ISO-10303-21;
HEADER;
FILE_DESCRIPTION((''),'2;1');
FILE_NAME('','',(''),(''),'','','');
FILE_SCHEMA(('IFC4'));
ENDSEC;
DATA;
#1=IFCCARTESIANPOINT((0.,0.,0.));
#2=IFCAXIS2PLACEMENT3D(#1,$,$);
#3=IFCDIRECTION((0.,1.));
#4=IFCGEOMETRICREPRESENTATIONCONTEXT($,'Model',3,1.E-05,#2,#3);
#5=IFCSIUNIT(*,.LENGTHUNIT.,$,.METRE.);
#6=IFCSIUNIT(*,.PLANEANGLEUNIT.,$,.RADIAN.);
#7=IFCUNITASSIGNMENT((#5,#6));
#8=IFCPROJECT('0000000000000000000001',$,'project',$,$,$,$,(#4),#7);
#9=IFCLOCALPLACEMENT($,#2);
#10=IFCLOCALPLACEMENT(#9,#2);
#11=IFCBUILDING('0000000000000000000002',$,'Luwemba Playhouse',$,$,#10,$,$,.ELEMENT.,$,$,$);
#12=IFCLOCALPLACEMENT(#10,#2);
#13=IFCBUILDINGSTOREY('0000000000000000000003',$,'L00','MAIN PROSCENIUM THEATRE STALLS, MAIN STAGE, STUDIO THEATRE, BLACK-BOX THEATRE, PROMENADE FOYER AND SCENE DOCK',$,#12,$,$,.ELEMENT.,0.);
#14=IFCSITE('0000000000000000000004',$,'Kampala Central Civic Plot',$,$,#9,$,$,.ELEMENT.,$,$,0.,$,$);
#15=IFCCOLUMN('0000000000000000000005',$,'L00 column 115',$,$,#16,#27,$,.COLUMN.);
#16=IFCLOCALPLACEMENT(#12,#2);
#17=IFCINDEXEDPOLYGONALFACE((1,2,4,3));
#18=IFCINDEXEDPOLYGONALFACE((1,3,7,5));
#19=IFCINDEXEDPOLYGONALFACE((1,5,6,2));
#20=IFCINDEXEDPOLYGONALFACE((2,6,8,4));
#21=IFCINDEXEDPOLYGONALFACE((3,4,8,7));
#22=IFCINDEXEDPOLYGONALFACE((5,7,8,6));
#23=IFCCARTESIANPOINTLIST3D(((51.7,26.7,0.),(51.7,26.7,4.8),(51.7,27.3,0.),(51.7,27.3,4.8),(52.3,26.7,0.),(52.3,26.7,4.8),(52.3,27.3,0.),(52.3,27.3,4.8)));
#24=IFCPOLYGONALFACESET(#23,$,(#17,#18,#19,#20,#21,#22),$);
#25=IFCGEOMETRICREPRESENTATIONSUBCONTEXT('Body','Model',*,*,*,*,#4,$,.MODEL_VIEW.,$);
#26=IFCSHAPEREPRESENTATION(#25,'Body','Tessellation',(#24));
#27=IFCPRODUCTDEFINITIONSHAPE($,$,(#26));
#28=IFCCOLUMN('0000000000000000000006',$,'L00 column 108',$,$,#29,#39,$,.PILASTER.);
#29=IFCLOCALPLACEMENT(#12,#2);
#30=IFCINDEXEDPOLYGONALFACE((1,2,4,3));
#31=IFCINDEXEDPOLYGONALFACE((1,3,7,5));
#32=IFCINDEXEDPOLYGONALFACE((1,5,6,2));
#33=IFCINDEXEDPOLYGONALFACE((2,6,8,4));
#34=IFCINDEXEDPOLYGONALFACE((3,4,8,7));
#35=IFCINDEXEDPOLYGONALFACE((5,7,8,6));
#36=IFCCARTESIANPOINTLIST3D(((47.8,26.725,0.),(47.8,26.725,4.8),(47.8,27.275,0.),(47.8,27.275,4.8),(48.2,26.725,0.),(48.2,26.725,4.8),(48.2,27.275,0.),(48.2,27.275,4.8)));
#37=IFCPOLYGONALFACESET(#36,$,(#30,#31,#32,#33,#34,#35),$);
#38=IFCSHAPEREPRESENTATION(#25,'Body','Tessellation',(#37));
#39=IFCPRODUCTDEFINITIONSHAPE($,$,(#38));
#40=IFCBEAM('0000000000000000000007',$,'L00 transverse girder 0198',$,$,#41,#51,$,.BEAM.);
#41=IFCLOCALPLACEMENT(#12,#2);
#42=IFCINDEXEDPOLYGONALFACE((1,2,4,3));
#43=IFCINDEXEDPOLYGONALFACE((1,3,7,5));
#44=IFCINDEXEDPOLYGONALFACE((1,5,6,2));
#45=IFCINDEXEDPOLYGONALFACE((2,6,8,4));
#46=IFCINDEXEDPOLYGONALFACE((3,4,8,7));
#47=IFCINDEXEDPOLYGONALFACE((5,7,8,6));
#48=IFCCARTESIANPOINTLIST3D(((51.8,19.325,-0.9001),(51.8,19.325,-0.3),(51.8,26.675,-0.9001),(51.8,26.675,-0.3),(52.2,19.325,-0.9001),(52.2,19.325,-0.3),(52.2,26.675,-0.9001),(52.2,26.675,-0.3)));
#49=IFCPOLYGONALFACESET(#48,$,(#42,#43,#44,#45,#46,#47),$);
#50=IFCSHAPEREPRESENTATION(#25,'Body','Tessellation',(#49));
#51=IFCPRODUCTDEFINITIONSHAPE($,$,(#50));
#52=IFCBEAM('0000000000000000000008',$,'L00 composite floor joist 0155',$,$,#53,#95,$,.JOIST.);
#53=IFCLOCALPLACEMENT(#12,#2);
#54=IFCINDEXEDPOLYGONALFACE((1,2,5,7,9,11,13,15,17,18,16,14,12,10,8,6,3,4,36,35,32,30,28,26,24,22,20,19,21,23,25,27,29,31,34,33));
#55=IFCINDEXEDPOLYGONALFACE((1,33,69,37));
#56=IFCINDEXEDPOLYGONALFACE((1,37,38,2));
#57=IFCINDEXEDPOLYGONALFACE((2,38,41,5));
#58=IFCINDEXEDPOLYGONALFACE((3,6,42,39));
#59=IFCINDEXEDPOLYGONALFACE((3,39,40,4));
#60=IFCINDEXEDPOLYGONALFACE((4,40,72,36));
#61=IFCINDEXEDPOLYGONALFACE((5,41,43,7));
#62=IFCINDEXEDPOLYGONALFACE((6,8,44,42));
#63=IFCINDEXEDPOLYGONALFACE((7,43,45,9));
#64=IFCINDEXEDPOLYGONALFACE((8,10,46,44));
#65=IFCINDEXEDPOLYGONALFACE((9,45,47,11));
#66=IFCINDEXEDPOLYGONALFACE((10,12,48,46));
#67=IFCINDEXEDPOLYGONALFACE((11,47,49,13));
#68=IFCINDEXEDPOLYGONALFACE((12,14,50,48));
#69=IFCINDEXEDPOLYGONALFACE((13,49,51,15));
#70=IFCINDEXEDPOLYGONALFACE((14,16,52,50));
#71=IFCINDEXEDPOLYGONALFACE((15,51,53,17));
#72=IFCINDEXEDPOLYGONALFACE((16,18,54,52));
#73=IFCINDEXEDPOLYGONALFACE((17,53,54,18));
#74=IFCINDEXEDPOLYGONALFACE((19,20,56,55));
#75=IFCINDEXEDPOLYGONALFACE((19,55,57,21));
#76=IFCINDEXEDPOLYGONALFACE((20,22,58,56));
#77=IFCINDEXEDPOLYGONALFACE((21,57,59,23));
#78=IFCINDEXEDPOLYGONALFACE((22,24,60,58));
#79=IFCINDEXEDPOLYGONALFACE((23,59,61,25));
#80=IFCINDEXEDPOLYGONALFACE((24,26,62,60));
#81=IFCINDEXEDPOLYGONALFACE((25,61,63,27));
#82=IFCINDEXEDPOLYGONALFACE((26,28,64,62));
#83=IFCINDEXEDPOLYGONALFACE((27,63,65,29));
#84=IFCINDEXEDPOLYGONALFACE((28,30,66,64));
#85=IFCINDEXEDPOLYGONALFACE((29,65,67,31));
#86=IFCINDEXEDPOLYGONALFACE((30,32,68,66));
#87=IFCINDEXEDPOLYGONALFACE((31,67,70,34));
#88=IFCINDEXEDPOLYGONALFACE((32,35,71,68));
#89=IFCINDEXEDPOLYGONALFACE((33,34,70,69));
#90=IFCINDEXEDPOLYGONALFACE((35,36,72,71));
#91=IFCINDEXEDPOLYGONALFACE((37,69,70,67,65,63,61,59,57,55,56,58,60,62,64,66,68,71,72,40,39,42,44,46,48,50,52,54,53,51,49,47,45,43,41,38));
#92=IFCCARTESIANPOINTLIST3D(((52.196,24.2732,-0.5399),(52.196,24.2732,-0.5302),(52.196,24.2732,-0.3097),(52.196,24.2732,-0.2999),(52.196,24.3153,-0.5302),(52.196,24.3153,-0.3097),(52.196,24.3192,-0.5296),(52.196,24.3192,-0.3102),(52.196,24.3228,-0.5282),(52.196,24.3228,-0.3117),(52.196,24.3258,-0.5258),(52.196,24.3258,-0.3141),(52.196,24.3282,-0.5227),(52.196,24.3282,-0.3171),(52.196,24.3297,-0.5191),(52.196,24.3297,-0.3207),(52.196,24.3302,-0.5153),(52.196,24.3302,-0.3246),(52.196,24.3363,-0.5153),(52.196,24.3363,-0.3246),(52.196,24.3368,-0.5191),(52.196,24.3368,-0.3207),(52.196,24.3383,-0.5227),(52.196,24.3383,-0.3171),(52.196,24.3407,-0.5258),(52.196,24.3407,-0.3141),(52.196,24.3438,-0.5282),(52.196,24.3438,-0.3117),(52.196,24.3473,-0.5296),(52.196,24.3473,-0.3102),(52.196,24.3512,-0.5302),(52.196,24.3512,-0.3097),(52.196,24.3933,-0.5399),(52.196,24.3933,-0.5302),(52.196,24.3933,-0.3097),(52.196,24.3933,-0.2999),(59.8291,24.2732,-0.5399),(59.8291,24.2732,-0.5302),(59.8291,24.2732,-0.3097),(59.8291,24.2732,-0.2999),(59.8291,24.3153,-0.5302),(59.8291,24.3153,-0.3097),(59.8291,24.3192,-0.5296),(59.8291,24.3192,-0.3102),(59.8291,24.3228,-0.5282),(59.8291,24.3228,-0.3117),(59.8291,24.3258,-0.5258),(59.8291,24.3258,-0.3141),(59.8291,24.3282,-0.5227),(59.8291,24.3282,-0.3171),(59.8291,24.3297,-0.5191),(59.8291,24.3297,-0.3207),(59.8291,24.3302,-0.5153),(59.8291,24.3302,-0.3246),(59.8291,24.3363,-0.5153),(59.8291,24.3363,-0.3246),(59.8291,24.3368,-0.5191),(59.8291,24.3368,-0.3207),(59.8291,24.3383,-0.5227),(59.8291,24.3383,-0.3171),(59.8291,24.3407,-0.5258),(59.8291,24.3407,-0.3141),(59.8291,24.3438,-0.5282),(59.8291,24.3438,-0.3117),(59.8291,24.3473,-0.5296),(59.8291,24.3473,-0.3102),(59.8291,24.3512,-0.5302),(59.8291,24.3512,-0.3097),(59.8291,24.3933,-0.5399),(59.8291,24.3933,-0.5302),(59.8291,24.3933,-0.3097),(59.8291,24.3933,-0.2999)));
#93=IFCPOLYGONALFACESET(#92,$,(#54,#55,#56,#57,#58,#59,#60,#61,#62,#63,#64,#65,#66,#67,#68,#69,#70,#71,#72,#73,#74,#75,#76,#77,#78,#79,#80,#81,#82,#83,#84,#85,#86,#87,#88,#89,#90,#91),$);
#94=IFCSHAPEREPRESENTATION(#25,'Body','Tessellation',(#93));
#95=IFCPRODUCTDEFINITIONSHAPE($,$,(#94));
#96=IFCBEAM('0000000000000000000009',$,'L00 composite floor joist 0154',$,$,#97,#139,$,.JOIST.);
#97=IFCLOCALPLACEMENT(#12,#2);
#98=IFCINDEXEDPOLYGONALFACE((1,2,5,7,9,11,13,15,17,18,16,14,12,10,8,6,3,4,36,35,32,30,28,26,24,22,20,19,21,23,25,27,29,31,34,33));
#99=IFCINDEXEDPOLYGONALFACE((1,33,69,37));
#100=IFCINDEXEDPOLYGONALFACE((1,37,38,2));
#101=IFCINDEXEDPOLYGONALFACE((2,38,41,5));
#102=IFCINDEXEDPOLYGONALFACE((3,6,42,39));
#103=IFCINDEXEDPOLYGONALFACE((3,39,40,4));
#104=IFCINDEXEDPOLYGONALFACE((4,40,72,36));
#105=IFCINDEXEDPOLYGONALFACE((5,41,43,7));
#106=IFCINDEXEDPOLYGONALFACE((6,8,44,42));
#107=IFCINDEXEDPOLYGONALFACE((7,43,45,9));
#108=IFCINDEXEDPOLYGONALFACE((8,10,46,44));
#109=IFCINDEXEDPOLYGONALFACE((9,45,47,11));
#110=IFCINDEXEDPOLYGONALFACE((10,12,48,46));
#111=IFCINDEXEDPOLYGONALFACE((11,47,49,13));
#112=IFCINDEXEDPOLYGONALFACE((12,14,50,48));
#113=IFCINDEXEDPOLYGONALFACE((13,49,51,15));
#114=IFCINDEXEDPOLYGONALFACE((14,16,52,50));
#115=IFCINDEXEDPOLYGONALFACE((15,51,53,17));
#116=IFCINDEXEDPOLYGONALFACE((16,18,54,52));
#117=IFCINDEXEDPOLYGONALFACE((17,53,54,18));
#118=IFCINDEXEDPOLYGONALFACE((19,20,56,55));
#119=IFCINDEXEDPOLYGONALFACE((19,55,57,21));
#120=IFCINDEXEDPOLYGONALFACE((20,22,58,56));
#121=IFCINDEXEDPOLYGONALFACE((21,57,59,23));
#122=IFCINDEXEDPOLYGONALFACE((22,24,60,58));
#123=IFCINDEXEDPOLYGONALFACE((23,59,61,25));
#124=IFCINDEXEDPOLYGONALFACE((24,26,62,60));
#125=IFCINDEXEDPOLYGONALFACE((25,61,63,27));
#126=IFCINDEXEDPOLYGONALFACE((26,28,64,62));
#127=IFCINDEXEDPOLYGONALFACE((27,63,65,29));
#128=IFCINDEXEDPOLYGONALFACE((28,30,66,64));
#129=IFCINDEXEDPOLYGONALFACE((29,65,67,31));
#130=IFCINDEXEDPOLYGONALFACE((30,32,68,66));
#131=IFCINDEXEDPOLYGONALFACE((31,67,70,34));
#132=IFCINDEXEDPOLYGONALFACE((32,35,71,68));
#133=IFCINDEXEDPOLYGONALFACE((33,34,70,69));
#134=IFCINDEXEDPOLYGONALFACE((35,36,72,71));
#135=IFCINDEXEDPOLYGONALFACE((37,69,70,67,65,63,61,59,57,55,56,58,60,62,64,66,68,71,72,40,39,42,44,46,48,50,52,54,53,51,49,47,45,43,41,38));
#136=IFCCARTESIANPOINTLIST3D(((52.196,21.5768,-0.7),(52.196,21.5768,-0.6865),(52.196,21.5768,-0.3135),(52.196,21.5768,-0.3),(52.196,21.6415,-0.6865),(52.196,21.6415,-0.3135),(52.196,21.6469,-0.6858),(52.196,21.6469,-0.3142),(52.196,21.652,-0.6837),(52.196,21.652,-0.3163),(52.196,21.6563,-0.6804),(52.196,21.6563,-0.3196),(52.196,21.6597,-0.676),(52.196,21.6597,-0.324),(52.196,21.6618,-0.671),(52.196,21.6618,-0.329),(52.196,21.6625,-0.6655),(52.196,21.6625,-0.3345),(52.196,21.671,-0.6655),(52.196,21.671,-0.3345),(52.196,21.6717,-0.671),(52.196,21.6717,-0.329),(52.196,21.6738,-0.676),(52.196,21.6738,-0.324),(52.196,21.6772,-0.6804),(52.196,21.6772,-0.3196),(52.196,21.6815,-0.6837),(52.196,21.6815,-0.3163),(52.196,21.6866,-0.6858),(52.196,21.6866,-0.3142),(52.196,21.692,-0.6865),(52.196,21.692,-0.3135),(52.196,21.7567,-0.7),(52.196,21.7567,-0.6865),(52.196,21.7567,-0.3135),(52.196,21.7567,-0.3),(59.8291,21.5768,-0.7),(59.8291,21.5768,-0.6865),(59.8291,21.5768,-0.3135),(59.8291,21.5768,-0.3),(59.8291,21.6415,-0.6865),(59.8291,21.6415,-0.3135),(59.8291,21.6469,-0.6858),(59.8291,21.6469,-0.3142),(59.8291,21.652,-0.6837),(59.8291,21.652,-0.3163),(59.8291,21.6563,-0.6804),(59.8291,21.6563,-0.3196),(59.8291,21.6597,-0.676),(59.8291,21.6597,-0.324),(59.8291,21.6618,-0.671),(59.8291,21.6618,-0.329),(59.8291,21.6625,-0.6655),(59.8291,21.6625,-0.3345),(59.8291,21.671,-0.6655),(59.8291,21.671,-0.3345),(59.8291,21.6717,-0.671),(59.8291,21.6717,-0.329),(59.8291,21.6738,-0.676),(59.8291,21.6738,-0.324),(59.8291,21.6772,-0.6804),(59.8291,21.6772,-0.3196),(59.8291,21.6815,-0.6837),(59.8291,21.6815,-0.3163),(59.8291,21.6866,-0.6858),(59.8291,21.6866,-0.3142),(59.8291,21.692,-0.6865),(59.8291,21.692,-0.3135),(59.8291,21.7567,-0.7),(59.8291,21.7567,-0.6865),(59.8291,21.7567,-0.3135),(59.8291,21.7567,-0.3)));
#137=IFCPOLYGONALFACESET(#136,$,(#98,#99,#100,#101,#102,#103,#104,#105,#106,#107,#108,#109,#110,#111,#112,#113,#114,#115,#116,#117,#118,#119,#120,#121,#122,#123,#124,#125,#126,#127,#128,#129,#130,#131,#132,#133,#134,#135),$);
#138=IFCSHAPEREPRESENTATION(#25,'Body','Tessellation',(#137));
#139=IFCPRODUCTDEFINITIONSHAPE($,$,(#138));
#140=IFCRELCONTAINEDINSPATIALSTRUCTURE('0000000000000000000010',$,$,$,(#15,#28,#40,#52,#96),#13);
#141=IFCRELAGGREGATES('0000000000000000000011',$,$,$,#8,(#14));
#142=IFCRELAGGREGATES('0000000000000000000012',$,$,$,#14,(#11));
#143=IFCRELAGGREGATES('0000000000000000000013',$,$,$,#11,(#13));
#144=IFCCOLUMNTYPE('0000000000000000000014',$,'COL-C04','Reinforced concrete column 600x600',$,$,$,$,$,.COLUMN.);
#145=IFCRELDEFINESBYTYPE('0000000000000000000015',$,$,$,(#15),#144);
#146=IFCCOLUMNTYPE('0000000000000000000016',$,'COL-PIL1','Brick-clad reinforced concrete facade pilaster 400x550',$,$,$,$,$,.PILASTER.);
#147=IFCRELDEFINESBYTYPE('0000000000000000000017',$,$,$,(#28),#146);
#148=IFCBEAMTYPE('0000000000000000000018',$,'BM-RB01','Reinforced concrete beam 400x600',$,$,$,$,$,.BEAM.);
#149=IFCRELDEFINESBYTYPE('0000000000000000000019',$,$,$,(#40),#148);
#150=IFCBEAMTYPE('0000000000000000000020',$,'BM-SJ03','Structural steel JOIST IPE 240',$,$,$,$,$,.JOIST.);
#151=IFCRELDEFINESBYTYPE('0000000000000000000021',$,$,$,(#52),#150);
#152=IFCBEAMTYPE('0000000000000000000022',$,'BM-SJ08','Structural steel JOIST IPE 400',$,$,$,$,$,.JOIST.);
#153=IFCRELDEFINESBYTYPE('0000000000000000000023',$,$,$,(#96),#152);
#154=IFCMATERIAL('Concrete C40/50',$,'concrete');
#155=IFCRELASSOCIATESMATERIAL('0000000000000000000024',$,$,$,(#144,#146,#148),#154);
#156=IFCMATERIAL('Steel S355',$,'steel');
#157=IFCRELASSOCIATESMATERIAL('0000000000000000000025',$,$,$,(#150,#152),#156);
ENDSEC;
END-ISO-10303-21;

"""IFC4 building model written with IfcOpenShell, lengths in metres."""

from ifc_helpers import new_model, si_unit, direction, frame, origin, origin_2d, place, context, subcontext, project, spatial, rectangle, i_section, extrude, material, material_profile, profile_set, type_object, element, save


model = new_model("IFC4")

# Units and contexts
model_context = context("Model", 3, precision=1e-05, world=origin(), true_north=direction((0.0, 1.0)))
body_context = subcontext(model_context, "Body", "Model", "MODEL_VIEW")
ifc_project = project(units=[si_unit("LENGTHUNIT", "METRE"), si_unit("PLANEANGLEUNIT", "RADIAN")], contexts=[model_context])

# Site, building, storey
site_placement = place(None, origin())
site = spatial("IfcSite", under=ifc_project, at=site_placement, Name="Kampala Central Civic Plot", CompositionType="ELEMENT", RefElevation=0.0)
building_placement = place(site_placement, origin())
building = spatial("IfcBuilding", under=site, at=building_placement, Name="Luwemba Playhouse", CompositionType="ELEMENT")
storey_placement = place(building_placement, origin())
storey = spatial("IfcBuildingStorey", under=building, at=storey_placement, Name="L00", Description="MAIN PROSCENIUM THEATRE STALLS, MAIN STAGE, STUDIO THEATRE, BLACK-BOX THEATRE, PROMENADE FOYER AND SCENE DOCK", CompositionType="ELEMENT", Elevation=0.0)

# Columns
ifc_material_1 = material(Name="Concrete C40/50", Category="concrete")
ifc_material_profile_1 = material_profile(ifc_material_1, rectangle(XDim=0.6001, YDim=0.6001, at=origin_2d()))
ifc_profile_set_1 = profile_set([ifc_material_profile_1], Name="Concrete C40/50")
column_type_1 = type_object("IfcColumnType", Name="COL-C04", Description="Reinforced concrete column 600x600", PredefinedType="COLUMN", material=ifc_profile_set_1)
column_1_placement = place(storey_placement, frame((52.0, 27.0, 0.0), z_axis=(0.0, 0.0, 1.0), x_axis=(1.0, 0.0, 0.0)))
element("IfcColumn", 1, at=column_1_placement, inside=storey, type_object=column_type_1, Name="L00 column 115", PredefinedType="COLUMN", context=body_context, shape_type="SweptSolid", body=[
    extrude(rectangle(XDim=0.6001, YDim=0.6001, at=origin_2d()), origin(), (0.0, 0.0, 1.0), 4.8),
])
ifc_material_profile_2 = material_profile(ifc_material_1, rectangle(XDim=0.3999, YDim=0.55, at=origin_2d()))
ifc_profile_set_2 = profile_set([ifc_material_profile_2], Name="Concrete C40/50")
column_type_2 = type_object("IfcColumnType", Name="COL-PIL1", Description="Brick-clad reinforced concrete facade pilaster 400x550", PredefinedType="PILASTER", material=ifc_profile_set_2)
column_2_placement = place(storey_placement, frame((48.0, 27.0, 0.0), z_axis=(0.0, 0.0, 1.0), x_axis=(1.0, 0.0, 0.0)))
element("IfcColumn", 2, at=column_2_placement, inside=storey, type_object=column_type_2, Name="L00 column 108", PredefinedType="PILASTER", context=body_context, shape_type="SweptSolid", body=[
    extrude(rectangle(XDim=0.3999, YDim=0.55, at=origin_2d()), origin(), (0.0, 0.0, 1.0), 4.8),
])

# Beams
ifc_material_profile_3 = material_profile(ifc_material_1, rectangle(XDim=0.3999, YDim=0.6001, at=origin_2d()))
ifc_profile_set_3 = profile_set([ifc_material_profile_3], Name="Concrete C40/50")
beam_type_1 = type_object("IfcBeamType", Name="BM-RB01", Description="Reinforced concrete beam 400x600", PredefinedType="BEAM", material=ifc_profile_set_3)
beam_1_placement = place(storey_placement, frame((52.0, 19.325, -0.6001), z_axis=(0.0, 1.0, 0.0), x_axis=(-1.0, 0.0, 0.0)))
element("IfcBeam", 3, at=beam_1_placement, inside=storey, type_object=beam_type_1, Name="L00 transverse girder 0198", PredefinedType="BEAM", context=body_context, shape_type="SweptSolid", body=[
    extrude(rectangle(XDim=0.3999, YDim=0.6001, at=origin_2d()), origin(), (0.0, 0.0, 1.0), 7.3501),
])
ifc_material_2 = material(Name="Steel S355", Category="steel")
ifc_material_profile_4 = material_profile(ifc_material_2, i_section(OverallWidth=0.1201, OverallDepth=0.24, WebThickness=0.0061, FlangeThickness=0.0098, FilletRadius=0.0149, at=origin_2d()))
ifc_profile_set_4 = profile_set([ifc_material_profile_4], Name="Steel S355")
beam_type_2 = type_object("IfcBeamType", Name="BM-SJ03", Description="Structural steel JOIST IPE 240", PredefinedType="JOIST", material=ifc_profile_set_4)
beam_2_placement = place(storey_placement, frame((52.196, 24.3333, -0.4199), z_axis=(1.0, 0.0, 0.0), x_axis=(0.0, 1.0, 0.0)))
element("IfcBeam", 4, at=beam_2_placement, inside=storey, type_object=beam_type_2, Name="L00 composite floor joist 0155", PredefinedType="JOIST", context=body_context, shape_type="SweptSolid", body=[
    extrude(i_section(OverallWidth=0.1201, OverallDepth=0.24, WebThickness=0.0061, FlangeThickness=0.0098, FilletRadius=0.0149, at=origin_2d()), origin(), (0.0, 0.0, 1.0), 7.6331),
])
ifc_material_profile_5 = material_profile(ifc_material_2, i_section(OverallWidth=0.1799, OverallDepth=0.3999, WebThickness=0.0085, FlangeThickness=0.0134, FilletRadius=0.021, at=origin_2d()))
ifc_profile_set_5 = profile_set([ifc_material_profile_5], Name="Steel S355")
beam_type_3 = type_object("IfcBeamType", Name="BM-SJ08", Description="Structural steel JOIST IPE 400", PredefinedType="JOIST", material=ifc_profile_set_5)
beam_3_placement = place(storey_placement, frame((52.196, 21.6667, -0.5), z_axis=(1.0, 0.0, 0.0), x_axis=(0.0, 1.0, 0.0)))
element("IfcBeam", 5, at=beam_3_placement, inside=storey, type_object=beam_type_3, Name="L00 composite floor joist 0154", PredefinedType="JOIST", context=body_context, shape_type="SweptSolid", body=[
    extrude(i_section(OverallWidth=0.1799, OverallDepth=0.3999, WebThickness=0.0085, FlangeThickness=0.0134, FilletRadius=0.021, at=origin_2d()), origin(), (0.0, 0.0, 1.0), 7.6331),
])

save(model, "model.ifc")
